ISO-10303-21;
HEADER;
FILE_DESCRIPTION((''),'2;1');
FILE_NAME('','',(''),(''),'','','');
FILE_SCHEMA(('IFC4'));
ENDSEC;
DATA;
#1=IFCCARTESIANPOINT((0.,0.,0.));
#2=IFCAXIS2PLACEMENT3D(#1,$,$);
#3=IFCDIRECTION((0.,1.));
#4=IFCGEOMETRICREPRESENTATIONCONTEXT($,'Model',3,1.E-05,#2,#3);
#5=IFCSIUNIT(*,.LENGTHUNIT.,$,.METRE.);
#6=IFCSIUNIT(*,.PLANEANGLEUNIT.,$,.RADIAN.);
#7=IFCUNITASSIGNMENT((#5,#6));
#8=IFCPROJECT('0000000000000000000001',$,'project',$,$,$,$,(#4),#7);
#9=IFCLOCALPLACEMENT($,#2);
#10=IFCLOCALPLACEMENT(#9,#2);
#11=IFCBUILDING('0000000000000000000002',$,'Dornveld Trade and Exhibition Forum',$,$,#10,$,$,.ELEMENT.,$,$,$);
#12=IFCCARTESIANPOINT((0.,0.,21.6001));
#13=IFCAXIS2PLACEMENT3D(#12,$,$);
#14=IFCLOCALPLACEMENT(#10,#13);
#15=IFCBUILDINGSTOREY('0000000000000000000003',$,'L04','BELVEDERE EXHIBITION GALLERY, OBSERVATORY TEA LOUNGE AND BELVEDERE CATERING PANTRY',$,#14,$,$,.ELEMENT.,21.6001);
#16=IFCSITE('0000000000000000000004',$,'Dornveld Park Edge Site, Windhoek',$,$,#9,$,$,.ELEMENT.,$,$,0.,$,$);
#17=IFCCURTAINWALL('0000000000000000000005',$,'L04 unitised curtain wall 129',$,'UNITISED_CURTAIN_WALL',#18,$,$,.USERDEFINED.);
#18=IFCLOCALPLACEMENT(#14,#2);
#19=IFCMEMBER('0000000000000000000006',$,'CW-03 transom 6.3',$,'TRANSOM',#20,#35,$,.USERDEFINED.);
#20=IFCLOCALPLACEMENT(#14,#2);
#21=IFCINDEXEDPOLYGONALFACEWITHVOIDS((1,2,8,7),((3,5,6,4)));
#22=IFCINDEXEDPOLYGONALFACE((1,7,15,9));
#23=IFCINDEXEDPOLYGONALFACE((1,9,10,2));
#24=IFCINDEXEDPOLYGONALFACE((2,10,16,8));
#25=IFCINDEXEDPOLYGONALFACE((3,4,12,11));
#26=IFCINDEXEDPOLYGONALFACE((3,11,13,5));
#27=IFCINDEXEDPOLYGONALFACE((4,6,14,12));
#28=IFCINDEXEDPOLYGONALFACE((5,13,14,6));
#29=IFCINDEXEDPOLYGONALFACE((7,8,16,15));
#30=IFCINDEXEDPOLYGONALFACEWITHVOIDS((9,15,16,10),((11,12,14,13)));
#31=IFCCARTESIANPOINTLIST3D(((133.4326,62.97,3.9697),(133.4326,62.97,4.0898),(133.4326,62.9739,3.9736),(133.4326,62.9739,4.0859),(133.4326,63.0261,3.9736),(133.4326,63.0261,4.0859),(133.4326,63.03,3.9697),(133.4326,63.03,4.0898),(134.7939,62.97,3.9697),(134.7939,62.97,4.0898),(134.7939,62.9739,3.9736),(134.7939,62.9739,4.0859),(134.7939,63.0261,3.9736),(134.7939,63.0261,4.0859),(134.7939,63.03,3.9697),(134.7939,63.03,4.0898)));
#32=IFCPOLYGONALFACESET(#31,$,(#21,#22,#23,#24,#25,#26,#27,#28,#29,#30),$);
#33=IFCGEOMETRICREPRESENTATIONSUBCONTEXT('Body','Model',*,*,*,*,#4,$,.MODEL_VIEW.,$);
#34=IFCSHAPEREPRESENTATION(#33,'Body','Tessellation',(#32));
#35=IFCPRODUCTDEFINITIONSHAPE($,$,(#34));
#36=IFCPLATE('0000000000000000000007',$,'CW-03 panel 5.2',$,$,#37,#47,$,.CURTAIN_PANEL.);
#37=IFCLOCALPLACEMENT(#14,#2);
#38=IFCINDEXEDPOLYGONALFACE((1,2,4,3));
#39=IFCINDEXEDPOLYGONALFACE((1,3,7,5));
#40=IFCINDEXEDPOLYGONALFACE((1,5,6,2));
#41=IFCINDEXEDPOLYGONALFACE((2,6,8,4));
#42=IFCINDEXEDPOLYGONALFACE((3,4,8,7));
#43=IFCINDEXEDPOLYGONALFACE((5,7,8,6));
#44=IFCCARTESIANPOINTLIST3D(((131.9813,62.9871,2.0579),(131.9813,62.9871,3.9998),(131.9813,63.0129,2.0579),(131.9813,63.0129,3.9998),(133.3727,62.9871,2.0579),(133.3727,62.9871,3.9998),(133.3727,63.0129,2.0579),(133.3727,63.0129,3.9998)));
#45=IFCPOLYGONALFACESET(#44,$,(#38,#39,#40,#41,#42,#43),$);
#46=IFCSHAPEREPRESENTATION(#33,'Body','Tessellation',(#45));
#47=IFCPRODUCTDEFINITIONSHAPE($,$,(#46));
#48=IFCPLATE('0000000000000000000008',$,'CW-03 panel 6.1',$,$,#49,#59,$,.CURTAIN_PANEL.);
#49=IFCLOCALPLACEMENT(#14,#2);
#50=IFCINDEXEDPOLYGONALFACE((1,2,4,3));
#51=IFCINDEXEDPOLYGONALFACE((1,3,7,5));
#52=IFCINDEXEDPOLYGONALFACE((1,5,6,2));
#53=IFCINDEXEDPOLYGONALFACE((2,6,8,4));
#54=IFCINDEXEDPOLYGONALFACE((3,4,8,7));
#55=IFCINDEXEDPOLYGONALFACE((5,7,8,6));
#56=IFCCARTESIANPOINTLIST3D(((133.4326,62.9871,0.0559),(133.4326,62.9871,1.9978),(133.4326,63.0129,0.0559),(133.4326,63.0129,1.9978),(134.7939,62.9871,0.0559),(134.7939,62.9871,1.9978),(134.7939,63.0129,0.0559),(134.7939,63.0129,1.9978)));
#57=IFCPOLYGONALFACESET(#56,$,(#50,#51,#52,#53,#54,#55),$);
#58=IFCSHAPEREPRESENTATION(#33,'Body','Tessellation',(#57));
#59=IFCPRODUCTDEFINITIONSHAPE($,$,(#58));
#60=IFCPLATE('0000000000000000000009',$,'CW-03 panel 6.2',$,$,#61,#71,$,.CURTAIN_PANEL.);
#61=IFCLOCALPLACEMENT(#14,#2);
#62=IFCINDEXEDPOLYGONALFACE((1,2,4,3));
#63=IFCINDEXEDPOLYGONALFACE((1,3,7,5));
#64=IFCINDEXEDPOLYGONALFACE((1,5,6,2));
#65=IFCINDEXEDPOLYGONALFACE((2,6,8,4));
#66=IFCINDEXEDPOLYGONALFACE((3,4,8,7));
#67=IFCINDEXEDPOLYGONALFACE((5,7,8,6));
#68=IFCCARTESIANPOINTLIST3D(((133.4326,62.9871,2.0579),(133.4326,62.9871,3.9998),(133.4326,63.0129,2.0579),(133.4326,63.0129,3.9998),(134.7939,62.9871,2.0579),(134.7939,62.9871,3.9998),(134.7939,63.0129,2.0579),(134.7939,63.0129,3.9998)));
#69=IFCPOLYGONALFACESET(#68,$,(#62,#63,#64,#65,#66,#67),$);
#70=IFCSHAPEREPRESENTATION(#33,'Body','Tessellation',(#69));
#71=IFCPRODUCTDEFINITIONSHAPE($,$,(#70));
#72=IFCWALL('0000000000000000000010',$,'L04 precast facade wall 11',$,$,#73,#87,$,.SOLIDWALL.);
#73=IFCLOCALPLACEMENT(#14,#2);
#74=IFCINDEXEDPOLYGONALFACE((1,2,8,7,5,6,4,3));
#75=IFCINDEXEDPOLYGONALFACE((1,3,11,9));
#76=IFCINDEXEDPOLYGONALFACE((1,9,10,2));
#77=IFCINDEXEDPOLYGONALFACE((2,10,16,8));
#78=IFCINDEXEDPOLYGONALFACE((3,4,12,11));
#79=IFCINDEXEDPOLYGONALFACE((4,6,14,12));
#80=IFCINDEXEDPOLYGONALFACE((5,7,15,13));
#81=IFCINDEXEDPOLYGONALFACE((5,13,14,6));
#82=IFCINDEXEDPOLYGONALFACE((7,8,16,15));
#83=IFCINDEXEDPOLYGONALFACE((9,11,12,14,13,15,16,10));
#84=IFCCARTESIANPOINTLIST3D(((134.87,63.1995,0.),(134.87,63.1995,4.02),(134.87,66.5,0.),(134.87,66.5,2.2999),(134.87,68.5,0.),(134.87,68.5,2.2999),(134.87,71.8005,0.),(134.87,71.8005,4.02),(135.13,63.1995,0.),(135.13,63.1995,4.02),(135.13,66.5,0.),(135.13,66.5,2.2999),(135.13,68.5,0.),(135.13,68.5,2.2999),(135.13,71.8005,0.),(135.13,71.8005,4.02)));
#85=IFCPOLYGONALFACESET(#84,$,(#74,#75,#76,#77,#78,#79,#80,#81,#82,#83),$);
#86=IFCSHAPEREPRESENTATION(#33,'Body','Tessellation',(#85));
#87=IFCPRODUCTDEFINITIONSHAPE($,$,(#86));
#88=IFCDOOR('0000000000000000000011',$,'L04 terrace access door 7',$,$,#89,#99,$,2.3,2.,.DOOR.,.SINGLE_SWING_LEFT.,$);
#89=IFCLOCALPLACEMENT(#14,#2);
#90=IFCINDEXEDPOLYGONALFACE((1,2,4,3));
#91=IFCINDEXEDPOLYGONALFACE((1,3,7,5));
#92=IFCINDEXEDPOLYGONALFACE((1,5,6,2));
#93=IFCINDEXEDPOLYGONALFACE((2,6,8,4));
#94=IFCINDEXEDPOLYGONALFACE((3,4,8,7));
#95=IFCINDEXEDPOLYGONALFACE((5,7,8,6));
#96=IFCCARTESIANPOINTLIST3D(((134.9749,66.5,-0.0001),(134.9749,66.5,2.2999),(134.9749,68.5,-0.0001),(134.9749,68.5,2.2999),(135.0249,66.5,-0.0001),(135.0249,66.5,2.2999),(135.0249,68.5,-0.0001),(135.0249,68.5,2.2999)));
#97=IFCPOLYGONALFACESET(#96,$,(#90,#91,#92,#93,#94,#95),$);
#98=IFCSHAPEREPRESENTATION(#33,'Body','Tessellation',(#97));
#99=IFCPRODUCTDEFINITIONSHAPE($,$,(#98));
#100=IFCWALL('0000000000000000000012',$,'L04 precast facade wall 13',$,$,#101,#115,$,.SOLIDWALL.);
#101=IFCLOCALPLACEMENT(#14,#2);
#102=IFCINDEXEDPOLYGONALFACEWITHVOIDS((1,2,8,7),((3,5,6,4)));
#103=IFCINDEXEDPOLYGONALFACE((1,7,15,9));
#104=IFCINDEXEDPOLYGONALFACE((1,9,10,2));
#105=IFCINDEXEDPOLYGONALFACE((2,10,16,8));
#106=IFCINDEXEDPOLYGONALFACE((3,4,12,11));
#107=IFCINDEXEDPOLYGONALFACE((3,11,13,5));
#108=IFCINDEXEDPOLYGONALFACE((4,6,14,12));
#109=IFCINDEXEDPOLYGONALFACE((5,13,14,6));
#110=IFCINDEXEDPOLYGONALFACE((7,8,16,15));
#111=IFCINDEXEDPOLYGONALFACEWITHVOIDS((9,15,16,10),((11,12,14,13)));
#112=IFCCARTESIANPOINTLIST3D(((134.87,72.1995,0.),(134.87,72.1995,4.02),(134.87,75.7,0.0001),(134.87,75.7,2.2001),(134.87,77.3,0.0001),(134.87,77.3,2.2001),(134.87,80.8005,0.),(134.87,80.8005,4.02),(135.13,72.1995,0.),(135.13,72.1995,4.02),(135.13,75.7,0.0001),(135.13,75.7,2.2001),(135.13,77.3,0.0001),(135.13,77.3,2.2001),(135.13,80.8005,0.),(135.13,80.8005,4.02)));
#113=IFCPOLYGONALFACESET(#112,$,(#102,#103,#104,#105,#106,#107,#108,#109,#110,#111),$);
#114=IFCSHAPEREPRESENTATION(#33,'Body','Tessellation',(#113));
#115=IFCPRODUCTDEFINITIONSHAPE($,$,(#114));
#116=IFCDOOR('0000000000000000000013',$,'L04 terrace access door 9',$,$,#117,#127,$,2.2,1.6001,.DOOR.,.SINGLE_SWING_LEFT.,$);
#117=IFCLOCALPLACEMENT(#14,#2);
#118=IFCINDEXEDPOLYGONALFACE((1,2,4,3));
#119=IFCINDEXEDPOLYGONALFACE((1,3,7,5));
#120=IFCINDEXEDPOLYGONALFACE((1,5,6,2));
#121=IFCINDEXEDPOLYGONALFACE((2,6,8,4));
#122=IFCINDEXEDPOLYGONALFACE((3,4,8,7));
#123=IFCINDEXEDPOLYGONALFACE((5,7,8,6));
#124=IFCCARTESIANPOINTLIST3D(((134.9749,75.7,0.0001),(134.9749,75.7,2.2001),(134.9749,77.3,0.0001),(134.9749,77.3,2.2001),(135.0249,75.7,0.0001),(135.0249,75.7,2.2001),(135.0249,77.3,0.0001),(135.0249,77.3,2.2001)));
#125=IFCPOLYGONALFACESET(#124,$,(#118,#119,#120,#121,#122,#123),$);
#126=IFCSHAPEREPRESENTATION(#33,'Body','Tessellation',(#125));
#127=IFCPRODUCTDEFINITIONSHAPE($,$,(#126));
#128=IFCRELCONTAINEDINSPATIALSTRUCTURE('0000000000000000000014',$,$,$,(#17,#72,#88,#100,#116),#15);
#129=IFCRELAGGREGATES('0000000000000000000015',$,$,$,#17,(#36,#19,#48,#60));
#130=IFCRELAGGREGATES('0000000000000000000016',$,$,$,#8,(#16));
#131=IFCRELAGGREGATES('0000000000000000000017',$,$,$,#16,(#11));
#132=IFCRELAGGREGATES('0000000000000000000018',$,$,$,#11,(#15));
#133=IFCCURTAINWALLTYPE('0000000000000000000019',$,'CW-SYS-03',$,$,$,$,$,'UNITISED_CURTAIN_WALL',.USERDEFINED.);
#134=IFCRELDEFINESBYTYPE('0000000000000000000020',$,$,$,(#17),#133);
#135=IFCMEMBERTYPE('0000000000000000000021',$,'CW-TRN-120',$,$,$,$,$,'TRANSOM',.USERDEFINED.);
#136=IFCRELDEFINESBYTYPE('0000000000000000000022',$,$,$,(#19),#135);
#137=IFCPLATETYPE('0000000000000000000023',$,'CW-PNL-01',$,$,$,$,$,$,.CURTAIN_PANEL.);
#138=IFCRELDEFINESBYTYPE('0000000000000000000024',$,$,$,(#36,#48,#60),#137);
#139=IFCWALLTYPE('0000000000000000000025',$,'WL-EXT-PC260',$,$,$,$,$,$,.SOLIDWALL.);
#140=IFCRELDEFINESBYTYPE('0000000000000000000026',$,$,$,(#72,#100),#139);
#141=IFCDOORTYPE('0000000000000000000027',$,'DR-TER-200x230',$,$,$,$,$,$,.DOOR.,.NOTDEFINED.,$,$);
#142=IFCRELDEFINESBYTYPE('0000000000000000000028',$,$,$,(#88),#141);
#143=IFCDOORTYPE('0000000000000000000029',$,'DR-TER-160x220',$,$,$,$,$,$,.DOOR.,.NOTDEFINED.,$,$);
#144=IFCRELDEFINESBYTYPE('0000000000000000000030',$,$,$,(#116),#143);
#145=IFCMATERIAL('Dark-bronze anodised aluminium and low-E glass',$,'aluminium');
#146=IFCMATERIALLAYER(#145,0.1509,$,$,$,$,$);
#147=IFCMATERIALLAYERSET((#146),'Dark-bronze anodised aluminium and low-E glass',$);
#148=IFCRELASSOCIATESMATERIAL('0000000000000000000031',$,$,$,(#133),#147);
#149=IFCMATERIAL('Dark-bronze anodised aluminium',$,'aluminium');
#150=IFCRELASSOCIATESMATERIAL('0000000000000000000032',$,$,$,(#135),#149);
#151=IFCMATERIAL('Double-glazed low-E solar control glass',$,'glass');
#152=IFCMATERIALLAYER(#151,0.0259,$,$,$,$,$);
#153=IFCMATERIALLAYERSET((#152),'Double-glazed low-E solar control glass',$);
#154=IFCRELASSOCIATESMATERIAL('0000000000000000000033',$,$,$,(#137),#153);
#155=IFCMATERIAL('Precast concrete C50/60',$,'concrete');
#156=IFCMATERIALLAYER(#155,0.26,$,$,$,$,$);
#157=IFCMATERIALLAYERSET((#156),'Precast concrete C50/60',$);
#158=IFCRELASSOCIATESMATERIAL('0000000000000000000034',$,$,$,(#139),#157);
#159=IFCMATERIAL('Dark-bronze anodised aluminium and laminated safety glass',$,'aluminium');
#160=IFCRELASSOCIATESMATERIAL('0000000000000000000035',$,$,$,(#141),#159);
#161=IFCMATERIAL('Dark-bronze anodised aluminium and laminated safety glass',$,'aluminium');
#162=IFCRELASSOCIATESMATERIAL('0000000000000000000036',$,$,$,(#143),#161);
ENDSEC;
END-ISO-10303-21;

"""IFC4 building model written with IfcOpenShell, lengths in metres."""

from ifc_helpers import new_model, si_unit, direction, frame, frame_2d, origin, origin_2d, place, context, subcontext, project, spatial, rectangle, hollow_rectangle, extrude, material, layer, layer_set, material_profile, profile_set, type_object, element, fill, aggregate, save


model = new_model("IFC4")

# Units and contexts
model_context = context("Model", 3, precision=1e-05, world=origin(), true_north=direction((0.0, 1.0)))
body_context = subcontext(model_context, "Body", "Model", "MODEL_VIEW")
ifc_project = project(units=[si_unit("LENGTHUNIT", "METRE"), si_unit("PLANEANGLEUNIT", "RADIAN")], contexts=[model_context])

# Site, building, storey
site_placement = place(None, origin())
site = spatial("IfcSite", under=ifc_project, at=site_placement, Name="Dornveld Park Edge Site, Windhoek", CompositionType="ELEMENT", RefElevation=0.0)
building_placement = place(site_placement, origin())
building = spatial("IfcBuilding", under=site, at=building_placement, Name="Dornveld Trade and Exhibition Forum", CompositionType="ELEMENT")
storey_placement = place(building_placement, frame((0.0, 0.0, 21.6001)))
storey = spatial("IfcBuildingStorey", under=building, at=storey_placement, Name="L04", Description="BELVEDERE EXHIBITION GALLERY, OBSERVATORY TEA LOUNGE AND BELVEDERE CATERING PANTRY", CompositionType="ELEMENT", Elevation=21.6001)

# Curtain wall
ifc_material_1 = material(Name="Dark-bronze anodised aluminium and low-E glass", Category="aluminium")
ifc_layer_1 = layer(ifc_material_1, 0.1509)
ifc_layer_set_1 = layer_set([ifc_layer_1], Name="Dark-bronze anodised aluminium and low-E glass")
curtain_wall_type_1 = type_object("IfcCurtainWallType", Name="CW-SYS-03", ElementType="UNITISED_CURTAIN_WALL", PredefinedType="USERDEFINED", material=ifc_layer_set_1)
curtain_wall_1_placement = place(storey_placement, origin())
curtain_wall_1 = element("IfcCurtainWall", 1, at=curtain_wall_1_placement, inside=storey, type_object=curtain_wall_type_1, Name="L04 unitised curtain wall 129", ObjectType="UNITISED_CURTAIN_WALL", PredefinedType="USERDEFINED")

# Member
ifc_material_2 = material(Name="Dark-bronze anodised aluminium", Category="aluminium")
ifc_material_profile_1 = material_profile(ifc_material_2, hollow_rectangle(XDim=0.0601, YDim=0.1201, WallThickness=0.0039, at=origin_2d()), Name="RHS 120x60x4")
ifc_profile_set_1 = profile_set([ifc_material_profile_1], Name="Dark-bronze anodised aluminium")
member_type_1 = type_object("IfcMemberType", Name="CW-TRN-120", ElementType="TRANSOM", PredefinedType="USERDEFINED", material=ifc_profile_set_1)
member_1_placement = place(storey_placement, frame((133.4326, 63.0, 4.0298), z_axis=(1.0, 0.0, 0.0), x_axis=(0.0, 1.0, 0.0)))
member_1 = element("IfcMember", 2, at=member_1_placement, type_object=member_type_1, Name="CW-03 transom 6.3", ObjectType="TRANSOM", PredefinedType="USERDEFINED", context=body_context, shape_type="SweptSolid", body=[
    extrude(hollow_rectangle(XDim=0.0601, YDim=0.1201, WallThickness=0.0039, at=origin_2d()), origin(), (0.0, 0.0, 1.0), 1.3613),
])

# Plates
ifc_material_3 = material(Name="Double-glazed low-E solar control glass", Category="glass")
ifc_layer_2 = layer(ifc_material_3, 0.0259)
ifc_layer_set_2 = layer_set([ifc_layer_2], Name="Double-glazed low-E solar control glass")
plate_type = type_object("IfcPlateType", Name="CW-PNL-01", PredefinedType="CURTAIN_PANEL", material=ifc_layer_set_2)
plate_1_placement = place(storey_placement, frame((132.677, 63.0, 2.0579), z_axis=(0.0, 0.0, 1.0), x_axis=(1.0, 0.0, 0.0)))
plate_1 = element("IfcPlate", 3, at=plate_1_placement, type_object=plate_type, Name="CW-03 panel 5.2", PredefinedType="CURTAIN_PANEL", context=body_context, shape_type="SweptSolid", body=[
    extrude(rectangle(XDim=1.3914, YDim=0.0259, at=origin_2d()), origin(), (0.0, 0.0, 1.0), 1.9419),
])
plate_2_placement = place(storey_placement, frame((134.1133, 63.0, 0.0559), z_axis=(0.0, 0.0, 1.0), x_axis=(1.0, 0.0, 0.0)))
plate_2 = element("IfcPlate", 4, at=plate_2_placement, type_object=plate_type, Name="CW-03 panel 6.1", PredefinedType="CURTAIN_PANEL", context=body_context, shape_type="SweptSolid", body=[
    extrude(rectangle(XDim=1.3613, YDim=0.0259, at=origin_2d()), origin(), (0.0, 0.0, 1.0), 1.9419),
])
plate_3_placement = place(storey_placement, frame((134.1133, 63.0, 2.0579), z_axis=(0.0, 0.0, 1.0), x_axis=(1.0, 0.0, 0.0)))
plate_3 = element("IfcPlate", 5, at=plate_3_placement, type_object=plate_type, Name="CW-03 panel 6.2", PredefinedType="CURTAIN_PANEL", context=body_context, shape_type="SweptSolid", body=[
    extrude(rectangle(XDim=1.3613, YDim=0.0259, at=origin_2d()), origin(), (0.0, 0.0, 1.0), 1.9419),
])
aggregate(curtain_wall_1, [plate_1, member_1, plate_2, plate_3])

# Walls, openings, doors
ifc_material_4 = material(Name="Precast concrete C50/60", Category="concrete")
ifc_layer_3 = layer(ifc_material_4, 0.26)
ifc_layer_set_3 = layer_set([ifc_layer_3], Name="Precast concrete C50/60")
wall_type = type_object("IfcWallType", Name="WL-EXT-PC260", PredefinedType="SOLIDWALL", material=ifc_layer_set_3)
wall_1_placement = place(storey_placement, frame((135.0, 63.1995, 0.0), z_axis=(0.0, 0.0, 1.0), x_axis=(0.0, 1.0, 0.0)))
wall_1 = element("IfcWall", 6, at=wall_1_placement, inside=storey, type_object=wall_type, Name="L04 precast facade wall 11", PredefinedType="SOLIDWALL", context=body_context, shape_type="SweptSolid", body=[
    extrude(rectangle(XDim=8.6011, YDim=0.26, at=frame_2d((4.3005, 0.0))), origin(), (0.0, 0.0, 1.0), 4.02),
])
opening_1_placement = place(wall_1_placement, frame((3.3005, 0.0, 0.0)))
opening_1 = element("IfcOpeningElement", 7, at=opening_1_placement, cuts=wall_1, PredefinedType="OPENING", context=body_context, shape_type="SweptSolid", body=[
    extrude(rectangle(XDim=2.0, YDim=2.3, at=frame_2d((1.0, 1.1499))), frame((0.0, 0.1399, 0.0), z_axis=(0.0, -1.0, 0.0), x_axis=(1.0, 0.0, 0.0)), (0.0, 0.0, 1.0), 0.28),
])
ifc_material_5 = material(Name="Dark-bronze anodised aluminium and laminated safety glass", Category="aluminium")
door_type_1 = type_object("IfcDoorType", Name="DR-TER-200x230", OperationType="NOTDEFINED", PredefinedType="DOOR", material=ifc_material_5)
door_1_placement = place(opening_1_placement, frame((2.0, 0.0, 0.0), z_axis=(0.0, 0.0, 1.0), x_axis=(-1.0, 0.0, 0.0)))
door_1 = element("IfcDoor", 8, at=door_1_placement, inside=storey, type_object=door_type_1, Name="L04 terrace access door 7", OperationType="SINGLE_SWING_LEFT", OverallHeight=2.3, OverallWidth=2.0, PredefinedType="DOOR", context=body_context, shape_type="SweptSolid", body=[
    extrude(rectangle(XDim=2.0, YDim=2.3, at=frame_2d((1.0, 1.1499))), frame((0.0, 0.0249, 0.0), z_axis=(0.0, -1.0, 0.0), x_axis=(1.0, 0.0, 0.0)), (0.0, 0.0, 1.0), 0.05),
])
fill(opening_1, door_1)
wall_2_placement = place(storey_placement, frame((135.0, 72.1995, 0.0), z_axis=(0.0, 0.0, 1.0), x_axis=(0.0, 1.0, 0.0)))
wall_2 = element("IfcWall", 9, at=wall_2_placement, inside=storey, type_object=wall_type, Name="L04 precast facade wall 13", PredefinedType="SOLIDWALL", context=body_context, shape_type="SweptSolid", body=[
    extrude(rectangle(XDim=8.6011, YDim=0.26, at=frame_2d((4.3005, 0.0))), origin(), (0.0, 0.0, 1.0), 4.02),
])
opening_2_placement = place(wall_2_placement, frame((3.5005, 0.0, 0.0)))
opening_2 = element("IfcOpeningElement", 10, at=opening_2_placement, cuts=wall_2, PredefinedType="OPENING", context=body_context, shape_type="SweptSolid", body=[
    extrude(rectangle(XDim=1.6001, YDim=2.2, at=frame_2d((0.8, 1.1001))), frame((0.0, 0.1399, 0.0), z_axis=(0.0, -1.0, 0.0), x_axis=(1.0, 0.0, 0.0)), (0.0, 0.0, 1.0), 0.28),
])
ifc_material_6 = material(Name="Dark-bronze anodised aluminium and laminated safety glass", Category="aluminium")
door_type_2 = type_object("IfcDoorType", Name="DR-TER-160x220", OperationType="NOTDEFINED", PredefinedType="DOOR", material=ifc_material_6)
door_2_placement = place(opening_2_placement, frame((1.6001, 0.0, 0.0), z_axis=(0.0, 0.0, 1.0), x_axis=(-1.0, 0.0, 0.0)))
door_2 = element("IfcDoor", 11, at=door_2_placement, inside=storey, type_object=door_type_2, Name="L04 terrace access door 9", OperationType="SINGLE_SWING_LEFT", OverallHeight=2.2, OverallWidth=1.6001, PredefinedType="DOOR", context=body_context, shape_type="SweptSolid", body=[
    extrude(rectangle(XDim=1.6001, YDim=2.2, at=frame_2d((0.8, 1.1001))), frame((0.0, 0.0249, 0.0), z_axis=(0.0, -1.0, 0.0), x_axis=(1.0, 0.0, 0.0)), (0.0, 0.0, 1.0), 0.05),
])
fill(opening_2, door_2)

save(model, "model.ifc")
